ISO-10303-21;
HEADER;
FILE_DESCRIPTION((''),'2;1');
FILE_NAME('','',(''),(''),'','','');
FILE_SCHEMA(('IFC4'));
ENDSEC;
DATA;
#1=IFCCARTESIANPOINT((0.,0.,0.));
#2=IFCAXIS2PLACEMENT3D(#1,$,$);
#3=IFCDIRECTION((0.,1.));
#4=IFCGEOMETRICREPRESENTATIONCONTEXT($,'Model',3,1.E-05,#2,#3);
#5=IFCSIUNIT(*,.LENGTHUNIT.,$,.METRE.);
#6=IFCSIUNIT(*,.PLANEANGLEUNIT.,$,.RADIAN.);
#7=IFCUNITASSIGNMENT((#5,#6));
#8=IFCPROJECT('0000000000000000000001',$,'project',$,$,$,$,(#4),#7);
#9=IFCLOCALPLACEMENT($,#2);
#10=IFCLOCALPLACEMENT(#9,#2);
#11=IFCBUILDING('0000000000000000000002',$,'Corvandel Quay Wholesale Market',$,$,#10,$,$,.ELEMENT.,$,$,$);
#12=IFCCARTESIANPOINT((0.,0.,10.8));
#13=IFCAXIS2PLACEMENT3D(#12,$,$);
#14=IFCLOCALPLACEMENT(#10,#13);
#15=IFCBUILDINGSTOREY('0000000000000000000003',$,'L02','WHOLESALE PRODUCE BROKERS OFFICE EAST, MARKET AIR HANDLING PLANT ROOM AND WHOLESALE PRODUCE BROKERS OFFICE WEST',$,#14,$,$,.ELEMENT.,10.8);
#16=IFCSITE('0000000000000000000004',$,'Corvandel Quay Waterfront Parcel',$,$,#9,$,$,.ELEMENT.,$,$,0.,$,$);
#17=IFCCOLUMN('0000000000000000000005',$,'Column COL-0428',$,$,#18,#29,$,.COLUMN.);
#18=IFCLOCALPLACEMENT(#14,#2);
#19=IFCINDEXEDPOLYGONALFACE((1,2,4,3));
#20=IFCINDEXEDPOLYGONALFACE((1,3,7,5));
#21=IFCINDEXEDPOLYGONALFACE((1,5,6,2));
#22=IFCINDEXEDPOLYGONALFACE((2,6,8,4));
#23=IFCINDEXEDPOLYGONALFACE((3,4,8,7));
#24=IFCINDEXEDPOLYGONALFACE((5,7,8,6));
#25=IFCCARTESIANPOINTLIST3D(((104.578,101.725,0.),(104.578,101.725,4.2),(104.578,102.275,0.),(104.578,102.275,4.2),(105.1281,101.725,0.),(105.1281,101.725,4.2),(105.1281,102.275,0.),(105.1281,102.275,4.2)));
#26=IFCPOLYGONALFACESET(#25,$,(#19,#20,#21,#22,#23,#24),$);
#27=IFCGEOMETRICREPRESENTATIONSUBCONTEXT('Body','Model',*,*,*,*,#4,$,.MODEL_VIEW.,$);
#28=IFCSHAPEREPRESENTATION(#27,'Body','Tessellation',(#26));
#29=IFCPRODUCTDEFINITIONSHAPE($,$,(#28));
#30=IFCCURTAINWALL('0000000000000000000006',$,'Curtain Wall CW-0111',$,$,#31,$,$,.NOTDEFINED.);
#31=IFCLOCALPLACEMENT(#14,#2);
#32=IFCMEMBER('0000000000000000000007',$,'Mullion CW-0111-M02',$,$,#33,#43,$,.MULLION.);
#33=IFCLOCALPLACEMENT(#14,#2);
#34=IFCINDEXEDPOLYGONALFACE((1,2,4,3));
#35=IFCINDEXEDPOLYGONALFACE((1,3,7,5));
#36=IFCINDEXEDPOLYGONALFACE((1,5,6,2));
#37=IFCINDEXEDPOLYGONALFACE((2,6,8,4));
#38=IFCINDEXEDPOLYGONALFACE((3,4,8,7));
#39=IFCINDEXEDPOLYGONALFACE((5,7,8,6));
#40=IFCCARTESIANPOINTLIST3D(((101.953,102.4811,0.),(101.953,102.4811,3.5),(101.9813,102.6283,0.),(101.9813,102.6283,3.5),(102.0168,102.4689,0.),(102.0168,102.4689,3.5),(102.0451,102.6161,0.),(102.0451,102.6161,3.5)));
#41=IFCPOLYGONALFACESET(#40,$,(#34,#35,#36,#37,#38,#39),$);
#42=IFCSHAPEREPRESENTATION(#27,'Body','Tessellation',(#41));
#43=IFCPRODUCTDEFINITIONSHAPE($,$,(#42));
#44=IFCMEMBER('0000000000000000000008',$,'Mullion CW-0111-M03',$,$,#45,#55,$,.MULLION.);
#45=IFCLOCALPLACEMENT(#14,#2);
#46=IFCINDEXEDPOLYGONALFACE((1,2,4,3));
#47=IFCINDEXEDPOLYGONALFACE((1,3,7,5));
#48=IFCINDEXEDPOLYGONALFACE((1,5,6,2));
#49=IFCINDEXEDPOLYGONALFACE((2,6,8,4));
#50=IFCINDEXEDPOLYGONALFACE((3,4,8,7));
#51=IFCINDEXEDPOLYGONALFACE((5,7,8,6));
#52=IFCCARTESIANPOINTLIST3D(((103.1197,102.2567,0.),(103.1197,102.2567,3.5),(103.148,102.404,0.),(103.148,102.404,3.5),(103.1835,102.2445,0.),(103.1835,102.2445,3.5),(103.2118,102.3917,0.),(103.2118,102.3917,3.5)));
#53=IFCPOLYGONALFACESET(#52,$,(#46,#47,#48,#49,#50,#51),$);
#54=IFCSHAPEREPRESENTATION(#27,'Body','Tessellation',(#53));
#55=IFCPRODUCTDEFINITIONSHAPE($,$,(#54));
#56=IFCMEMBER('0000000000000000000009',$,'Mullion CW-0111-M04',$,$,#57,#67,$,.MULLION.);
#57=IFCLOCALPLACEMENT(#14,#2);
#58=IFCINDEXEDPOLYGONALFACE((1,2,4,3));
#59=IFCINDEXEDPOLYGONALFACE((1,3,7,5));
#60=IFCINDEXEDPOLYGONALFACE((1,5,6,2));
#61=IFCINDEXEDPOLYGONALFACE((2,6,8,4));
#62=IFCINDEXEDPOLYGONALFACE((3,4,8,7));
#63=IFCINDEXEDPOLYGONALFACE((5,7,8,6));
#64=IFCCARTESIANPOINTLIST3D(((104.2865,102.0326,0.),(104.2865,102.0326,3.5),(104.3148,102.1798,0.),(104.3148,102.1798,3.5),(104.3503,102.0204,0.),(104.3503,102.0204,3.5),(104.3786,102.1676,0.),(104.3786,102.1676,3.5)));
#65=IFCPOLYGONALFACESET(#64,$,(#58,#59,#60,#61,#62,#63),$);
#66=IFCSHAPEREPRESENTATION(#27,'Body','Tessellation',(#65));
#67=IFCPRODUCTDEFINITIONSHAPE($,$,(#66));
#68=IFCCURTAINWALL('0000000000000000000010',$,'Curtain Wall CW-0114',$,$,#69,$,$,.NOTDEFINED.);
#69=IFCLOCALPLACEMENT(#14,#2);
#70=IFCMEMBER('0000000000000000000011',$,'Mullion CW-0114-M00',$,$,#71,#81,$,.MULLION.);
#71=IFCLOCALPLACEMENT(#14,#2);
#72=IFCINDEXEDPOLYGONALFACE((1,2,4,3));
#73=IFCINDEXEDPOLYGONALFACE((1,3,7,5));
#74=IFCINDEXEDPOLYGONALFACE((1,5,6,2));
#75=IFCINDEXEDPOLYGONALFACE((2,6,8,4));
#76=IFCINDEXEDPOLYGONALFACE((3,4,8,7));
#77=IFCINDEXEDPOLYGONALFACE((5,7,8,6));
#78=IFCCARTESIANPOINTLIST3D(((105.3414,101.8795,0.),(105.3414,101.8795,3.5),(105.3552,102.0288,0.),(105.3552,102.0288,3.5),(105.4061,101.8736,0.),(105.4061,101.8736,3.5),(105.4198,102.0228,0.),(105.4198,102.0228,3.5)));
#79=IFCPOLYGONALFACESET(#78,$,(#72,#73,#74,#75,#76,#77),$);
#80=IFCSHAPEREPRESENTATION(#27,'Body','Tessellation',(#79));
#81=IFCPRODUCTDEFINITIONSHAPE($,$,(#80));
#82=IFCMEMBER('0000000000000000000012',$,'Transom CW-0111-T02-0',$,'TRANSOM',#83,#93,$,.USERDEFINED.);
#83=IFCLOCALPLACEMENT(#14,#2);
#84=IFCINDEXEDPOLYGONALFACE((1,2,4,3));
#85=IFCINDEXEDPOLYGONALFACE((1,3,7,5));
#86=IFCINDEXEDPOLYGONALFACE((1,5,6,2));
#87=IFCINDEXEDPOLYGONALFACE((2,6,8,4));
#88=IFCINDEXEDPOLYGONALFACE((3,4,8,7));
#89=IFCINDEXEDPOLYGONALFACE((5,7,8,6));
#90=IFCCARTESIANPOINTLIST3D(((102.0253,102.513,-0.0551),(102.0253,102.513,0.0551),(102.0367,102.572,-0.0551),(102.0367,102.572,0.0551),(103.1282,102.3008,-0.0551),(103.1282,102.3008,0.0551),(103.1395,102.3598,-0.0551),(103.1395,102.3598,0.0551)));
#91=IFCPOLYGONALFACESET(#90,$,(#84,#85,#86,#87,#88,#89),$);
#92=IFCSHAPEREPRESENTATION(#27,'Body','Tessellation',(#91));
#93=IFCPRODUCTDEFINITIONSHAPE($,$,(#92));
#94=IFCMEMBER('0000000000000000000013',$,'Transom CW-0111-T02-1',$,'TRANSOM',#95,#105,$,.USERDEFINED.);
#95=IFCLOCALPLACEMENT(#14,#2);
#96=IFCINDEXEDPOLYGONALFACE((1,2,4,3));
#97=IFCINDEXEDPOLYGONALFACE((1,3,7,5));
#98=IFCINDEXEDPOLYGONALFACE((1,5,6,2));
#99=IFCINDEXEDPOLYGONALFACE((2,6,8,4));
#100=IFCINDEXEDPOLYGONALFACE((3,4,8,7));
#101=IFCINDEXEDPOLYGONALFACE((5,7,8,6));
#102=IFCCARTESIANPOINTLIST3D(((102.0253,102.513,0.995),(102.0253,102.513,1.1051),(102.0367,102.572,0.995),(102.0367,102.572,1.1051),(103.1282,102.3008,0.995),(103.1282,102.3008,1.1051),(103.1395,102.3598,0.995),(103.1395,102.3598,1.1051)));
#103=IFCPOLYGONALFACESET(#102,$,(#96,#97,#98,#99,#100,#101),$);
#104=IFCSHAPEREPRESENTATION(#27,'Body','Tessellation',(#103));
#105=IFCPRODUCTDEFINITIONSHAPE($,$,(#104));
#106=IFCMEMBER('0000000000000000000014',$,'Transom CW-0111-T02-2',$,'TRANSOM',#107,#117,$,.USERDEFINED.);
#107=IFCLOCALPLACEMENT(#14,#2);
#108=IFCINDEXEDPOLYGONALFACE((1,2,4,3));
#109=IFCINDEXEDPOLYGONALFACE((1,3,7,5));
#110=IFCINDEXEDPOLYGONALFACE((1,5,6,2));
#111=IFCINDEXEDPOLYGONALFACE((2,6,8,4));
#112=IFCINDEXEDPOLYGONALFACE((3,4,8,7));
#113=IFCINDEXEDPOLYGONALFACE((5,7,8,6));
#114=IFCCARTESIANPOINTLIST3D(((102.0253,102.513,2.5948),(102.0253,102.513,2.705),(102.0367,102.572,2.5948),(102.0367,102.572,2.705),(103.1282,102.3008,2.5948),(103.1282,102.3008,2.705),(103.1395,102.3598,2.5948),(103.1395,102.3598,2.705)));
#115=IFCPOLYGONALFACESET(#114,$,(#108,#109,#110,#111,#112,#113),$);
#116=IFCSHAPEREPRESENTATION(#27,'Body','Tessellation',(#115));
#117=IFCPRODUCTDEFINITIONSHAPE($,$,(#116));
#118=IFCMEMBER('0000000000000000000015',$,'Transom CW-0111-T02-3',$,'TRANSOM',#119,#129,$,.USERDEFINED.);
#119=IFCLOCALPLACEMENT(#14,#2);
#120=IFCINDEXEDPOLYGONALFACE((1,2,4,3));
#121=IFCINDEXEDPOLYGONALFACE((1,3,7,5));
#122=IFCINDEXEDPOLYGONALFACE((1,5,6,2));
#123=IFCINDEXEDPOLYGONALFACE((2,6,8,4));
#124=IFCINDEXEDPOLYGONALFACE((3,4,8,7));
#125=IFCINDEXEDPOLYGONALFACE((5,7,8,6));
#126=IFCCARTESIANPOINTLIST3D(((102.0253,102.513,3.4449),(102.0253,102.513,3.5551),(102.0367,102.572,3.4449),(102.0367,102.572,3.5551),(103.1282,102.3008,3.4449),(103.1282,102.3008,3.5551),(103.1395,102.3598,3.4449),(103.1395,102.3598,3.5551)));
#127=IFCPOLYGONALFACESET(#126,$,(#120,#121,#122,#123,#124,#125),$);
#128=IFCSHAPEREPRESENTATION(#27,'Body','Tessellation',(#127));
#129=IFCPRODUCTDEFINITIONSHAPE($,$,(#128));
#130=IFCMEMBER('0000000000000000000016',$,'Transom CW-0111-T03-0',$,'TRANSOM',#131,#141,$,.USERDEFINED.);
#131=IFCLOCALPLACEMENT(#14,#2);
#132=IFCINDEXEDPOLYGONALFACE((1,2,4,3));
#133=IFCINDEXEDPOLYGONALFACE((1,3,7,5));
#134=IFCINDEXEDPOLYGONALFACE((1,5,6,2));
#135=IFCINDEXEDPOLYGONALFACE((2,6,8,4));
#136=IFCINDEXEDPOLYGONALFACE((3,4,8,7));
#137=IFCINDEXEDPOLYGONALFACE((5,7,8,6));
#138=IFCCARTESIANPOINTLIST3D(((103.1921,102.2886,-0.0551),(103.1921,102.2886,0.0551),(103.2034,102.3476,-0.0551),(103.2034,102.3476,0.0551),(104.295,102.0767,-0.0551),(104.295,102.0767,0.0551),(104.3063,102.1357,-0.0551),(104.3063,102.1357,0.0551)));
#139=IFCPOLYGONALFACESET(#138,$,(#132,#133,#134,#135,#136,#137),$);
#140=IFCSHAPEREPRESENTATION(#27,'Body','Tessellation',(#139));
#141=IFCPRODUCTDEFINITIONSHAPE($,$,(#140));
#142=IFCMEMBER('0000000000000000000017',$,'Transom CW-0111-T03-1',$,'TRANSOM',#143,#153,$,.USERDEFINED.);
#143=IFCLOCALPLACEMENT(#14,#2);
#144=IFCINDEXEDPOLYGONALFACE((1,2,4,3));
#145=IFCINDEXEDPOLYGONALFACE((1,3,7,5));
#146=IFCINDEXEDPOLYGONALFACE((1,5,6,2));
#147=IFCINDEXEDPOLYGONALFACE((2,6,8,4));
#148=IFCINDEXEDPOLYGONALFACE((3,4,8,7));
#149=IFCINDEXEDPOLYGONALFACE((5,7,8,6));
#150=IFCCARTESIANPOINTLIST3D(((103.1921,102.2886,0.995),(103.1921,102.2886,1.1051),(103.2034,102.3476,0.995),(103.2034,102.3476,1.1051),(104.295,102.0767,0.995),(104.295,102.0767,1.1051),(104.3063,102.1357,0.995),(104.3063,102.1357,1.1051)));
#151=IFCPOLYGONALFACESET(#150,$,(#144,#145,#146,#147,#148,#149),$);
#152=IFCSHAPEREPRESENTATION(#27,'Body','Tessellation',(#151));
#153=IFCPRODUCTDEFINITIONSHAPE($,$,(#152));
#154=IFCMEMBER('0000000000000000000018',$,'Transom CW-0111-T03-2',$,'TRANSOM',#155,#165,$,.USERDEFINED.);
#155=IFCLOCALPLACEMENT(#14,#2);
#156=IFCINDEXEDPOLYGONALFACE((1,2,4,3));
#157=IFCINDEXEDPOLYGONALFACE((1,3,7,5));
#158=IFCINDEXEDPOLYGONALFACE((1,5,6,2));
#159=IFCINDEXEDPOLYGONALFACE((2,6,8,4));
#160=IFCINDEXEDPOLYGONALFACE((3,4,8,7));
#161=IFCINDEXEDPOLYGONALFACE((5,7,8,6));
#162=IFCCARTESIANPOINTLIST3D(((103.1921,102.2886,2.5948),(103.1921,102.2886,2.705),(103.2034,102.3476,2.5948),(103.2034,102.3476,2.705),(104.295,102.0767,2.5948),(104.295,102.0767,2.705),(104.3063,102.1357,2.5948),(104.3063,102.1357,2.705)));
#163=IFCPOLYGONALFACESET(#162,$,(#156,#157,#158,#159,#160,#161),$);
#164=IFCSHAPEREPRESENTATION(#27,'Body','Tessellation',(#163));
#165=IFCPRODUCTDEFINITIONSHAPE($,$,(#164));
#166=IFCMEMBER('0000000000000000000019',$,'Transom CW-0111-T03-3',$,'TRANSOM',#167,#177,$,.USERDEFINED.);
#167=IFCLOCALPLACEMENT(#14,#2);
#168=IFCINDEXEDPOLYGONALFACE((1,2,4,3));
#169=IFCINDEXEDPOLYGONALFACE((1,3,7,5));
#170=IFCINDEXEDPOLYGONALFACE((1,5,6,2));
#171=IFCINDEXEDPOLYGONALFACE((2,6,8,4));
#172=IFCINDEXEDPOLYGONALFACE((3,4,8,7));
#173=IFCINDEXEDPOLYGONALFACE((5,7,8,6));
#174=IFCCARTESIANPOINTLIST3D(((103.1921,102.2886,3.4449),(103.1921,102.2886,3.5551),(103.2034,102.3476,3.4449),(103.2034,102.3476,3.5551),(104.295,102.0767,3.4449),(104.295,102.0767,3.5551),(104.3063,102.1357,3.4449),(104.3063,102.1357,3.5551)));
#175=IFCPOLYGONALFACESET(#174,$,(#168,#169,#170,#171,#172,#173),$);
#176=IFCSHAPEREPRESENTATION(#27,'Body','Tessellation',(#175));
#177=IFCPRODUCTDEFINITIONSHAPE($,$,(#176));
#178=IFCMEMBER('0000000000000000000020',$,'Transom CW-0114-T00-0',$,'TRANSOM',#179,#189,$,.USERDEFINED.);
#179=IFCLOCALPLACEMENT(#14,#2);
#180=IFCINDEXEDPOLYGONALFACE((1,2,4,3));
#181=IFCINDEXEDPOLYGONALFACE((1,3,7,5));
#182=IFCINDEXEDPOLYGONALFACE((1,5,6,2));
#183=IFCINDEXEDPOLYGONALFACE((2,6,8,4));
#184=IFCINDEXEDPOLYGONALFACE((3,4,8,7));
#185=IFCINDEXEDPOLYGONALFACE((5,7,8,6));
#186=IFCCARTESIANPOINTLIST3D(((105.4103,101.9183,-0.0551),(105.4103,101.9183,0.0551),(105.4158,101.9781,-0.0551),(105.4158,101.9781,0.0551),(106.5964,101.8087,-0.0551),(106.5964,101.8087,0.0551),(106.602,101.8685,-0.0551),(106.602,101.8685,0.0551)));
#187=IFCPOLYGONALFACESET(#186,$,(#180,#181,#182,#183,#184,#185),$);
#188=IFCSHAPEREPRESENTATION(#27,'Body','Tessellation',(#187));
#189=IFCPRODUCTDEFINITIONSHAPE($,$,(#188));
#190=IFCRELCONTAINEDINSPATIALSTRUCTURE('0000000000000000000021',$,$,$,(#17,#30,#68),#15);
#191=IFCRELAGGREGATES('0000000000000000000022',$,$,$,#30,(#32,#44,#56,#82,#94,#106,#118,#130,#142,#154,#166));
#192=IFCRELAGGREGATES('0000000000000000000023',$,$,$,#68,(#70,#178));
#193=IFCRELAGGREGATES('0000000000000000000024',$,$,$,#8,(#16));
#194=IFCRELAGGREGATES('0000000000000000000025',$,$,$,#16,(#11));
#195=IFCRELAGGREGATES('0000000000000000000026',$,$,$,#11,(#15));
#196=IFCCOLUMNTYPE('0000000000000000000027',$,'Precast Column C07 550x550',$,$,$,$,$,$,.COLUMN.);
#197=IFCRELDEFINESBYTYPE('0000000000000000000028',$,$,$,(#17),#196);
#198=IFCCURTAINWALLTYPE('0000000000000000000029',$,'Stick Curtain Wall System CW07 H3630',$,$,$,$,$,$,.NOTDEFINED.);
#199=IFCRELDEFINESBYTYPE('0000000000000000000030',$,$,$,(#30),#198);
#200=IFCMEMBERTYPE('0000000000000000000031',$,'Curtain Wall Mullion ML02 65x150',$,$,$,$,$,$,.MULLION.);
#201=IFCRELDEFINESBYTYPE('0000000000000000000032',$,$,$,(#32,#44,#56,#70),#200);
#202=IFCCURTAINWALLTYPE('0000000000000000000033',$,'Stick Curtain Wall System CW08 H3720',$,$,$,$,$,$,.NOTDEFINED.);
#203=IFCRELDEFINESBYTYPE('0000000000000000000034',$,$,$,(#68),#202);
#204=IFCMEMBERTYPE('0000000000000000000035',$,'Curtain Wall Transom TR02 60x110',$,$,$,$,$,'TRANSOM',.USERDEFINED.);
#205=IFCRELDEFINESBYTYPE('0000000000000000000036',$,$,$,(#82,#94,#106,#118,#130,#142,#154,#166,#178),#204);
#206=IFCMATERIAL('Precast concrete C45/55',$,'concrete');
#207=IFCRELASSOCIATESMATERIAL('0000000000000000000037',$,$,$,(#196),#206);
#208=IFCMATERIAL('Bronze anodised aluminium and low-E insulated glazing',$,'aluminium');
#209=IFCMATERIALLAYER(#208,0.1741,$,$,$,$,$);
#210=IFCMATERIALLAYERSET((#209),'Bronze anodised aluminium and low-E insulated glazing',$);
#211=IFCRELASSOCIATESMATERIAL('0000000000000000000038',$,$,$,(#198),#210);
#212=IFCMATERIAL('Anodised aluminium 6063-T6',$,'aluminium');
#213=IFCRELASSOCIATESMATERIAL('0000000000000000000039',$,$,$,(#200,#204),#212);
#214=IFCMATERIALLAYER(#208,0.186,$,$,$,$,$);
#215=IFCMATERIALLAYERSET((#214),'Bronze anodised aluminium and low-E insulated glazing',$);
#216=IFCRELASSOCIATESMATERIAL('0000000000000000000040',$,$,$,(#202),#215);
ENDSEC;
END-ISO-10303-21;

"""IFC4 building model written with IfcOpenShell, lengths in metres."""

from ifc_helpers import new_model, si_unit, direction, frame, origin, origin_2d, place, context, subcontext, project, spatial, rectangle, extrude, material, layer, layer_set, material_profile, profile_set, type_object, element, aggregate, save


model = new_model("IFC4")

# Units and contexts
model_context = context("Model", 3, precision=1e-05, world=origin(), true_north=direction((0.0, 1.0)))
body_context = subcontext(model_context, "Body", "Model", "MODEL_VIEW")
ifc_project = project(units=[si_unit("LENGTHUNIT", "METRE"), si_unit("PLANEANGLEUNIT", "RADIAN")], contexts=[model_context])

# Site, building, storey
site_placement = place(None, origin())
site = spatial("IfcSite", under=ifc_project, at=site_placement, Name="Corvandel Quay Waterfront Parcel", CompositionType="ELEMENT", RefElevation=0.0)
building_placement = place(site_placement, origin())
building = spatial("IfcBuilding", under=site, at=building_placement, Name="Corvandel Quay Wholesale Market", CompositionType="ELEMENT")
storey_placement = place(building_placement, frame((0.0, 0.0, 10.8)))
storey = spatial("IfcBuildingStorey", under=building, at=storey_placement, Name="L02", Description="WHOLESALE PRODUCE BROKERS OFFICE EAST, MARKET AIR HANDLING PLANT ROOM AND WHOLESALE PRODUCE BROKERS OFFICE WEST", CompositionType="ELEMENT", Elevation=10.8)

# Column
ifc_material_1 = material(Name="Precast concrete C45/55", Category="concrete")
ifc_material_profile_1 = material_profile(ifc_material_1, rectangle(XDim=0.55, YDim=0.55, at=origin_2d()), Name="PC-COL-550x550")
ifc_profile_set_1 = profile_set([ifc_material_profile_1], Name="Precast concrete C45/55")
column_type = type_object("IfcColumnType", Name="Precast Column C07 550x550", PredefinedType="COLUMN", material=ifc_profile_set_1)
column_placement = place(storey_placement, frame((104.853, 102.0, 0.0), z_axis=(0.0, 0.0, 1.0), x_axis=(1.0, 0.0, 0.0)))
element("IfcColumn", 1, at=column_placement, inside=storey, type_object=column_type, Name="Column COL-0428", PredefinedType="COLUMN", context=body_context, shape_type="SweptSolid", body=[
    extrude(rectangle(XDim=0.55, YDim=0.55, at=origin_2d()), origin(), (0.0, 0.0, 1.0), 4.2),
])

# Curtain wall, members
ifc_material_2 = material(Name="Bronze anodised aluminium and low-E insulated glazing", Category="aluminium")
ifc_layer_1 = layer(ifc_material_2, 0.1741)
ifc_layer_set_1 = layer_set([ifc_layer_1], Name="Bronze anodised aluminium and low-E insulated glazing")
curtain_wall_type_1 = type_object("IfcCurtainWallType", Name="Stick Curtain Wall System CW07 H3630", PredefinedType="NOTDEFINED", material=ifc_layer_set_1)
curtain_wall_1_placement = place(storey_placement, origin())
curtain_wall_1 = element("IfcCurtainWall", 2, at=curtain_wall_1_placement, inside=storey, type_object=curtain_wall_type_1, Name="Curtain Wall CW-0111", PredefinedType="NOTDEFINED")
ifc_material_3 = material(Name="Anodised aluminium 6063-T6", Category="aluminium")
ifc_material_profile_2 = material_profile(ifc_material_3, rectangle(XDim=0.0649, YDim=0.1499, at=origin_2d()), Name="ALU-MUL-65x150")
ifc_profile_set_2 = profile_set([ifc_material_profile_2], Name="Anodised aluminium 6063-T6")
member_type_1 = type_object("IfcMemberType", Name="Curtain Wall Mullion ML02 65x150", PredefinedType="MULLION", material=ifc_profile_set_2)
member_1_placement = place(storey_placement, frame((101.999, 102.5486, 0.0), z_axis=(0.0, 0.0, 1.0), x_axis=(-0.982025, 0.188753, 0.0)))
member_1 = element("IfcMember", 3, at=member_1_placement, type_object=member_type_1, Name="Mullion CW-0111-M02", PredefinedType="MULLION", context=body_context, shape_type="SweptSolid", body=[
    extrude(rectangle(XDim=0.0649, YDim=0.1499, at=origin_2d()), origin(), (0.0, 0.0, 1.0), 3.5),
])
member_2_placement = place(storey_placement, frame((103.1658, 102.3242, 0.0), z_axis=(0.0, 0.0, 1.0), x_axis=(-0.982025, 0.188753, 0.0)))
member_2 = element("IfcMember", 4, at=member_2_placement, type_object=member_type_1, Name="Mullion CW-0111-M03", PredefinedType="MULLION", context=body_context, shape_type="SweptSolid", body=[
    extrude(rectangle(XDim=0.0649, YDim=0.1499, at=origin_2d()), origin(), (0.0, 0.0, 1.0), 3.5),
])
member_3_placement = place(storey_placement, frame((104.3325, 102.1001, 0.0), z_axis=(0.0, 0.0, 1.0), x_axis=(-0.982025, 0.188753, 0.0)))
member_3 = element("IfcMember", 5, at=member_3_placement, type_object=member_type_1, Name="Mullion CW-0111-M04", PredefinedType="MULLION", context=body_context, shape_type="SweptSolid", body=[
    extrude(rectangle(XDim=0.0649, YDim=0.1499, at=origin_2d()), origin(), (0.0, 0.0, 1.0), 3.5),
])

# Curtain wall, member
ifc_layer_2 = layer(ifc_material_2, 0.186)
ifc_layer_set_2 = layer_set([ifc_layer_2], Name="Bronze anodised aluminium and low-E insulated glazing")
curtain_wall_type_2 = type_object("IfcCurtainWallType", Name="Stick Curtain Wall System CW08 H3720", PredefinedType="NOTDEFINED", material=ifc_layer_set_2)
curtain_wall_2_placement = place(storey_placement, origin())
curtain_wall_2 = element("IfcCurtainWall", 6, at=curtain_wall_2_placement, inside=storey, type_object=curtain_wall_type_2, Name="Curtain Wall CW-0114", PredefinedType="NOTDEFINED")
member_4_placement = place(storey_placement, frame((105.3806, 101.9512, 0.0), z_axis=(0.0, 0.0, 1.0), x_axis=(-0.995757, 0.092023, 0.0)))
member_4 = element("IfcMember", 7, at=member_4_placement, type_object=member_type_1, Name="Mullion CW-0114-M00", PredefinedType="MULLION", context=body_context, shape_type="SweptSolid", body=[
    extrude(rectangle(XDim=0.0649, YDim=0.1499, at=origin_2d()), origin(), (0.0, 0.0, 1.0), 3.5),
])

# Members
ifc_material_profile_3 = material_profile(ifc_material_3, rectangle(XDim=0.0601, YDim=0.1101, at=origin_2d()), Name="ALU-TRN-60x110")
ifc_profile_set_3 = profile_set([ifc_material_profile_3], Name="Anodised aluminium 6063-T6")
member_type_2 = type_object("IfcMemberType", Name="Curtain Wall Transom TR02 60x110", ElementType="TRANSOM", PredefinedType="USERDEFINED", material=ifc_profile_set_3)
member_5_placement = place(storey_placement, frame((102.031, 102.5425, 0.0), z_axis=(0.981992, -0.18892, 0.0), x_axis=(0.18892, 0.981992, 0.0)))
member_5 = element("IfcMember", 8, at=member_5_placement, type_object=member_type_2, Name="Transom CW-0111-T02-0", ObjectType="TRANSOM", PredefinedType="USERDEFINED", context=body_context, shape_type="SweptSolid", body=[
    extrude(rectangle(XDim=0.0601, YDim=0.1101, at=origin_2d()), origin(), (0.0, 0.0, 1.0), 1.123),
])
member_6_placement = place(storey_placement, frame((102.031, 102.5425, 1.05), z_axis=(0.981992, -0.18892, 0.0), x_axis=(0.18892, 0.981992, 0.0)))
member_6 = element("IfcMember", 9, at=member_6_placement, type_object=member_type_2, Name="Transom CW-0111-T02-1", ObjectType="TRANSOM", PredefinedType="USERDEFINED", context=body_context, shape_type="SweptSolid", body=[
    extrude(rectangle(XDim=0.0601, YDim=0.1101, at=origin_2d()), origin(), (0.0, 0.0, 1.0), 1.123),
])
member_7_placement = place(storey_placement, frame((102.031, 102.5425, 2.6499), z_axis=(0.981992, -0.18892, 0.0), x_axis=(0.18892, 0.981992, 0.0)))
member_7 = element("IfcMember", 10, at=member_7_placement, type_object=member_type_2, Name="Transom CW-0111-T02-2", ObjectType="TRANSOM", PredefinedType="USERDEFINED", context=body_context, shape_type="SweptSolid", body=[
    extrude(rectangle(XDim=0.0601, YDim=0.1101, at=origin_2d()), origin(), (0.0, 0.0, 1.0), 1.123),
])
member_8_placement = place(storey_placement, frame((102.031, 102.5425, 3.5), z_axis=(0.981992, -0.18892, 0.0), x_axis=(0.18892, 0.981992, 0.0)))
member_8 = element("IfcMember", 11, at=member_8_placement, type_object=member_type_2, Name="Transom CW-0111-T02-3", ObjectType="TRANSOM", PredefinedType="USERDEFINED", context=body_context, shape_type="SweptSolid", body=[
    extrude(rectangle(XDim=0.0601, YDim=0.1101, at=origin_2d()), origin(), (0.0, 0.0, 1.0), 1.123),
])
member_9_placement = place(storey_placement, frame((103.1978, 102.3181, 0.0), z_axis=(0.982033, -0.18871, 0.0), x_axis=(0.18871, 0.982033, 0.0)))
member_9 = element("IfcMember", 12, at=member_9_placement, type_object=member_type_2, Name="Transom CW-0111-T03-0", ObjectType="TRANSOM", PredefinedType="USERDEFINED", context=body_context, shape_type="SweptSolid", body=[
    extrude(rectangle(XDim=0.0601, YDim=0.1101, at=origin_2d()), origin(), (0.0, 0.0, 1.0), 1.123),
])
member_10_placement = place(storey_placement, frame((103.1978, 102.3181, 1.05), z_axis=(0.982033, -0.18871, 0.0), x_axis=(0.18871, 0.982033, 0.0)))
member_10 = element("IfcMember", 13, at=member_10_placement, type_object=member_type_2, Name="Transom CW-0111-T03-1", ObjectType="TRANSOM", PredefinedType="USERDEFINED", context=body_context, shape_type="SweptSolid", body=[
    extrude(rectangle(XDim=0.0601, YDim=0.1101, at=origin_2d()), origin(), (0.0, 0.0, 1.0), 1.123),
])
member_11_placement = place(storey_placement, frame((103.1978, 102.3181, 2.6499), z_axis=(0.982033, -0.18871, 0.0), x_axis=(0.18871, 0.982033, 0.0)))
member_11 = element("IfcMember", 14, at=member_11_placement, type_object=member_type_2, Name="Transom CW-0111-T03-2", ObjectType="TRANSOM", PredefinedType="USERDEFINED", context=body_context, shape_type="SweptSolid", body=[
    extrude(rectangle(XDim=0.0601, YDim=0.1101, at=origin_2d()), origin(), (0.0, 0.0, 1.0), 1.123),
])
member_12_placement = place(storey_placement, frame((103.1978, 102.3181, 3.5), z_axis=(0.982033, -0.18871, 0.0), x_axis=(0.18871, 0.982033, 0.0)))
member_12 = element("IfcMember", 15, at=member_12_placement, type_object=member_type_2, Name="Transom CW-0111-T03-3", ObjectType="TRANSOM", PredefinedType="USERDEFINED", context=body_context, shape_type="SweptSolid", body=[
    extrude(rectangle(XDim=0.0601, YDim=0.1101, at=origin_2d()), origin(), (0.0, 0.0, 1.0), 1.123),
])
member_13_placement = place(storey_placement, frame((105.4131, 101.9482, 0.0), z_axis=(0.995756, -0.092033, 0.0), x_axis=(0.092033, 0.995756, 0.0)))
member_13 = element("IfcMember", 16, at=member_13_placement, type_object=member_type_2, Name="Transom CW-0114-T00-0", ObjectType="TRANSOM", PredefinedType="USERDEFINED", context=body_context, shape_type="SweptSolid", body=[
    extrude(rectangle(XDim=0.0601, YDim=0.1101, at=origin_2d()), origin(), (0.0, 0.0, 1.0), 1.1912),
])

aggregate(curtain_wall_1, [member_1, member_2, member_3, member_5, member_6, member_7, member_8, member_9, member_10, member_11, member_12])
aggregate(curtain_wall_2, [member_4, member_13])

save(model, "model.ifc")
